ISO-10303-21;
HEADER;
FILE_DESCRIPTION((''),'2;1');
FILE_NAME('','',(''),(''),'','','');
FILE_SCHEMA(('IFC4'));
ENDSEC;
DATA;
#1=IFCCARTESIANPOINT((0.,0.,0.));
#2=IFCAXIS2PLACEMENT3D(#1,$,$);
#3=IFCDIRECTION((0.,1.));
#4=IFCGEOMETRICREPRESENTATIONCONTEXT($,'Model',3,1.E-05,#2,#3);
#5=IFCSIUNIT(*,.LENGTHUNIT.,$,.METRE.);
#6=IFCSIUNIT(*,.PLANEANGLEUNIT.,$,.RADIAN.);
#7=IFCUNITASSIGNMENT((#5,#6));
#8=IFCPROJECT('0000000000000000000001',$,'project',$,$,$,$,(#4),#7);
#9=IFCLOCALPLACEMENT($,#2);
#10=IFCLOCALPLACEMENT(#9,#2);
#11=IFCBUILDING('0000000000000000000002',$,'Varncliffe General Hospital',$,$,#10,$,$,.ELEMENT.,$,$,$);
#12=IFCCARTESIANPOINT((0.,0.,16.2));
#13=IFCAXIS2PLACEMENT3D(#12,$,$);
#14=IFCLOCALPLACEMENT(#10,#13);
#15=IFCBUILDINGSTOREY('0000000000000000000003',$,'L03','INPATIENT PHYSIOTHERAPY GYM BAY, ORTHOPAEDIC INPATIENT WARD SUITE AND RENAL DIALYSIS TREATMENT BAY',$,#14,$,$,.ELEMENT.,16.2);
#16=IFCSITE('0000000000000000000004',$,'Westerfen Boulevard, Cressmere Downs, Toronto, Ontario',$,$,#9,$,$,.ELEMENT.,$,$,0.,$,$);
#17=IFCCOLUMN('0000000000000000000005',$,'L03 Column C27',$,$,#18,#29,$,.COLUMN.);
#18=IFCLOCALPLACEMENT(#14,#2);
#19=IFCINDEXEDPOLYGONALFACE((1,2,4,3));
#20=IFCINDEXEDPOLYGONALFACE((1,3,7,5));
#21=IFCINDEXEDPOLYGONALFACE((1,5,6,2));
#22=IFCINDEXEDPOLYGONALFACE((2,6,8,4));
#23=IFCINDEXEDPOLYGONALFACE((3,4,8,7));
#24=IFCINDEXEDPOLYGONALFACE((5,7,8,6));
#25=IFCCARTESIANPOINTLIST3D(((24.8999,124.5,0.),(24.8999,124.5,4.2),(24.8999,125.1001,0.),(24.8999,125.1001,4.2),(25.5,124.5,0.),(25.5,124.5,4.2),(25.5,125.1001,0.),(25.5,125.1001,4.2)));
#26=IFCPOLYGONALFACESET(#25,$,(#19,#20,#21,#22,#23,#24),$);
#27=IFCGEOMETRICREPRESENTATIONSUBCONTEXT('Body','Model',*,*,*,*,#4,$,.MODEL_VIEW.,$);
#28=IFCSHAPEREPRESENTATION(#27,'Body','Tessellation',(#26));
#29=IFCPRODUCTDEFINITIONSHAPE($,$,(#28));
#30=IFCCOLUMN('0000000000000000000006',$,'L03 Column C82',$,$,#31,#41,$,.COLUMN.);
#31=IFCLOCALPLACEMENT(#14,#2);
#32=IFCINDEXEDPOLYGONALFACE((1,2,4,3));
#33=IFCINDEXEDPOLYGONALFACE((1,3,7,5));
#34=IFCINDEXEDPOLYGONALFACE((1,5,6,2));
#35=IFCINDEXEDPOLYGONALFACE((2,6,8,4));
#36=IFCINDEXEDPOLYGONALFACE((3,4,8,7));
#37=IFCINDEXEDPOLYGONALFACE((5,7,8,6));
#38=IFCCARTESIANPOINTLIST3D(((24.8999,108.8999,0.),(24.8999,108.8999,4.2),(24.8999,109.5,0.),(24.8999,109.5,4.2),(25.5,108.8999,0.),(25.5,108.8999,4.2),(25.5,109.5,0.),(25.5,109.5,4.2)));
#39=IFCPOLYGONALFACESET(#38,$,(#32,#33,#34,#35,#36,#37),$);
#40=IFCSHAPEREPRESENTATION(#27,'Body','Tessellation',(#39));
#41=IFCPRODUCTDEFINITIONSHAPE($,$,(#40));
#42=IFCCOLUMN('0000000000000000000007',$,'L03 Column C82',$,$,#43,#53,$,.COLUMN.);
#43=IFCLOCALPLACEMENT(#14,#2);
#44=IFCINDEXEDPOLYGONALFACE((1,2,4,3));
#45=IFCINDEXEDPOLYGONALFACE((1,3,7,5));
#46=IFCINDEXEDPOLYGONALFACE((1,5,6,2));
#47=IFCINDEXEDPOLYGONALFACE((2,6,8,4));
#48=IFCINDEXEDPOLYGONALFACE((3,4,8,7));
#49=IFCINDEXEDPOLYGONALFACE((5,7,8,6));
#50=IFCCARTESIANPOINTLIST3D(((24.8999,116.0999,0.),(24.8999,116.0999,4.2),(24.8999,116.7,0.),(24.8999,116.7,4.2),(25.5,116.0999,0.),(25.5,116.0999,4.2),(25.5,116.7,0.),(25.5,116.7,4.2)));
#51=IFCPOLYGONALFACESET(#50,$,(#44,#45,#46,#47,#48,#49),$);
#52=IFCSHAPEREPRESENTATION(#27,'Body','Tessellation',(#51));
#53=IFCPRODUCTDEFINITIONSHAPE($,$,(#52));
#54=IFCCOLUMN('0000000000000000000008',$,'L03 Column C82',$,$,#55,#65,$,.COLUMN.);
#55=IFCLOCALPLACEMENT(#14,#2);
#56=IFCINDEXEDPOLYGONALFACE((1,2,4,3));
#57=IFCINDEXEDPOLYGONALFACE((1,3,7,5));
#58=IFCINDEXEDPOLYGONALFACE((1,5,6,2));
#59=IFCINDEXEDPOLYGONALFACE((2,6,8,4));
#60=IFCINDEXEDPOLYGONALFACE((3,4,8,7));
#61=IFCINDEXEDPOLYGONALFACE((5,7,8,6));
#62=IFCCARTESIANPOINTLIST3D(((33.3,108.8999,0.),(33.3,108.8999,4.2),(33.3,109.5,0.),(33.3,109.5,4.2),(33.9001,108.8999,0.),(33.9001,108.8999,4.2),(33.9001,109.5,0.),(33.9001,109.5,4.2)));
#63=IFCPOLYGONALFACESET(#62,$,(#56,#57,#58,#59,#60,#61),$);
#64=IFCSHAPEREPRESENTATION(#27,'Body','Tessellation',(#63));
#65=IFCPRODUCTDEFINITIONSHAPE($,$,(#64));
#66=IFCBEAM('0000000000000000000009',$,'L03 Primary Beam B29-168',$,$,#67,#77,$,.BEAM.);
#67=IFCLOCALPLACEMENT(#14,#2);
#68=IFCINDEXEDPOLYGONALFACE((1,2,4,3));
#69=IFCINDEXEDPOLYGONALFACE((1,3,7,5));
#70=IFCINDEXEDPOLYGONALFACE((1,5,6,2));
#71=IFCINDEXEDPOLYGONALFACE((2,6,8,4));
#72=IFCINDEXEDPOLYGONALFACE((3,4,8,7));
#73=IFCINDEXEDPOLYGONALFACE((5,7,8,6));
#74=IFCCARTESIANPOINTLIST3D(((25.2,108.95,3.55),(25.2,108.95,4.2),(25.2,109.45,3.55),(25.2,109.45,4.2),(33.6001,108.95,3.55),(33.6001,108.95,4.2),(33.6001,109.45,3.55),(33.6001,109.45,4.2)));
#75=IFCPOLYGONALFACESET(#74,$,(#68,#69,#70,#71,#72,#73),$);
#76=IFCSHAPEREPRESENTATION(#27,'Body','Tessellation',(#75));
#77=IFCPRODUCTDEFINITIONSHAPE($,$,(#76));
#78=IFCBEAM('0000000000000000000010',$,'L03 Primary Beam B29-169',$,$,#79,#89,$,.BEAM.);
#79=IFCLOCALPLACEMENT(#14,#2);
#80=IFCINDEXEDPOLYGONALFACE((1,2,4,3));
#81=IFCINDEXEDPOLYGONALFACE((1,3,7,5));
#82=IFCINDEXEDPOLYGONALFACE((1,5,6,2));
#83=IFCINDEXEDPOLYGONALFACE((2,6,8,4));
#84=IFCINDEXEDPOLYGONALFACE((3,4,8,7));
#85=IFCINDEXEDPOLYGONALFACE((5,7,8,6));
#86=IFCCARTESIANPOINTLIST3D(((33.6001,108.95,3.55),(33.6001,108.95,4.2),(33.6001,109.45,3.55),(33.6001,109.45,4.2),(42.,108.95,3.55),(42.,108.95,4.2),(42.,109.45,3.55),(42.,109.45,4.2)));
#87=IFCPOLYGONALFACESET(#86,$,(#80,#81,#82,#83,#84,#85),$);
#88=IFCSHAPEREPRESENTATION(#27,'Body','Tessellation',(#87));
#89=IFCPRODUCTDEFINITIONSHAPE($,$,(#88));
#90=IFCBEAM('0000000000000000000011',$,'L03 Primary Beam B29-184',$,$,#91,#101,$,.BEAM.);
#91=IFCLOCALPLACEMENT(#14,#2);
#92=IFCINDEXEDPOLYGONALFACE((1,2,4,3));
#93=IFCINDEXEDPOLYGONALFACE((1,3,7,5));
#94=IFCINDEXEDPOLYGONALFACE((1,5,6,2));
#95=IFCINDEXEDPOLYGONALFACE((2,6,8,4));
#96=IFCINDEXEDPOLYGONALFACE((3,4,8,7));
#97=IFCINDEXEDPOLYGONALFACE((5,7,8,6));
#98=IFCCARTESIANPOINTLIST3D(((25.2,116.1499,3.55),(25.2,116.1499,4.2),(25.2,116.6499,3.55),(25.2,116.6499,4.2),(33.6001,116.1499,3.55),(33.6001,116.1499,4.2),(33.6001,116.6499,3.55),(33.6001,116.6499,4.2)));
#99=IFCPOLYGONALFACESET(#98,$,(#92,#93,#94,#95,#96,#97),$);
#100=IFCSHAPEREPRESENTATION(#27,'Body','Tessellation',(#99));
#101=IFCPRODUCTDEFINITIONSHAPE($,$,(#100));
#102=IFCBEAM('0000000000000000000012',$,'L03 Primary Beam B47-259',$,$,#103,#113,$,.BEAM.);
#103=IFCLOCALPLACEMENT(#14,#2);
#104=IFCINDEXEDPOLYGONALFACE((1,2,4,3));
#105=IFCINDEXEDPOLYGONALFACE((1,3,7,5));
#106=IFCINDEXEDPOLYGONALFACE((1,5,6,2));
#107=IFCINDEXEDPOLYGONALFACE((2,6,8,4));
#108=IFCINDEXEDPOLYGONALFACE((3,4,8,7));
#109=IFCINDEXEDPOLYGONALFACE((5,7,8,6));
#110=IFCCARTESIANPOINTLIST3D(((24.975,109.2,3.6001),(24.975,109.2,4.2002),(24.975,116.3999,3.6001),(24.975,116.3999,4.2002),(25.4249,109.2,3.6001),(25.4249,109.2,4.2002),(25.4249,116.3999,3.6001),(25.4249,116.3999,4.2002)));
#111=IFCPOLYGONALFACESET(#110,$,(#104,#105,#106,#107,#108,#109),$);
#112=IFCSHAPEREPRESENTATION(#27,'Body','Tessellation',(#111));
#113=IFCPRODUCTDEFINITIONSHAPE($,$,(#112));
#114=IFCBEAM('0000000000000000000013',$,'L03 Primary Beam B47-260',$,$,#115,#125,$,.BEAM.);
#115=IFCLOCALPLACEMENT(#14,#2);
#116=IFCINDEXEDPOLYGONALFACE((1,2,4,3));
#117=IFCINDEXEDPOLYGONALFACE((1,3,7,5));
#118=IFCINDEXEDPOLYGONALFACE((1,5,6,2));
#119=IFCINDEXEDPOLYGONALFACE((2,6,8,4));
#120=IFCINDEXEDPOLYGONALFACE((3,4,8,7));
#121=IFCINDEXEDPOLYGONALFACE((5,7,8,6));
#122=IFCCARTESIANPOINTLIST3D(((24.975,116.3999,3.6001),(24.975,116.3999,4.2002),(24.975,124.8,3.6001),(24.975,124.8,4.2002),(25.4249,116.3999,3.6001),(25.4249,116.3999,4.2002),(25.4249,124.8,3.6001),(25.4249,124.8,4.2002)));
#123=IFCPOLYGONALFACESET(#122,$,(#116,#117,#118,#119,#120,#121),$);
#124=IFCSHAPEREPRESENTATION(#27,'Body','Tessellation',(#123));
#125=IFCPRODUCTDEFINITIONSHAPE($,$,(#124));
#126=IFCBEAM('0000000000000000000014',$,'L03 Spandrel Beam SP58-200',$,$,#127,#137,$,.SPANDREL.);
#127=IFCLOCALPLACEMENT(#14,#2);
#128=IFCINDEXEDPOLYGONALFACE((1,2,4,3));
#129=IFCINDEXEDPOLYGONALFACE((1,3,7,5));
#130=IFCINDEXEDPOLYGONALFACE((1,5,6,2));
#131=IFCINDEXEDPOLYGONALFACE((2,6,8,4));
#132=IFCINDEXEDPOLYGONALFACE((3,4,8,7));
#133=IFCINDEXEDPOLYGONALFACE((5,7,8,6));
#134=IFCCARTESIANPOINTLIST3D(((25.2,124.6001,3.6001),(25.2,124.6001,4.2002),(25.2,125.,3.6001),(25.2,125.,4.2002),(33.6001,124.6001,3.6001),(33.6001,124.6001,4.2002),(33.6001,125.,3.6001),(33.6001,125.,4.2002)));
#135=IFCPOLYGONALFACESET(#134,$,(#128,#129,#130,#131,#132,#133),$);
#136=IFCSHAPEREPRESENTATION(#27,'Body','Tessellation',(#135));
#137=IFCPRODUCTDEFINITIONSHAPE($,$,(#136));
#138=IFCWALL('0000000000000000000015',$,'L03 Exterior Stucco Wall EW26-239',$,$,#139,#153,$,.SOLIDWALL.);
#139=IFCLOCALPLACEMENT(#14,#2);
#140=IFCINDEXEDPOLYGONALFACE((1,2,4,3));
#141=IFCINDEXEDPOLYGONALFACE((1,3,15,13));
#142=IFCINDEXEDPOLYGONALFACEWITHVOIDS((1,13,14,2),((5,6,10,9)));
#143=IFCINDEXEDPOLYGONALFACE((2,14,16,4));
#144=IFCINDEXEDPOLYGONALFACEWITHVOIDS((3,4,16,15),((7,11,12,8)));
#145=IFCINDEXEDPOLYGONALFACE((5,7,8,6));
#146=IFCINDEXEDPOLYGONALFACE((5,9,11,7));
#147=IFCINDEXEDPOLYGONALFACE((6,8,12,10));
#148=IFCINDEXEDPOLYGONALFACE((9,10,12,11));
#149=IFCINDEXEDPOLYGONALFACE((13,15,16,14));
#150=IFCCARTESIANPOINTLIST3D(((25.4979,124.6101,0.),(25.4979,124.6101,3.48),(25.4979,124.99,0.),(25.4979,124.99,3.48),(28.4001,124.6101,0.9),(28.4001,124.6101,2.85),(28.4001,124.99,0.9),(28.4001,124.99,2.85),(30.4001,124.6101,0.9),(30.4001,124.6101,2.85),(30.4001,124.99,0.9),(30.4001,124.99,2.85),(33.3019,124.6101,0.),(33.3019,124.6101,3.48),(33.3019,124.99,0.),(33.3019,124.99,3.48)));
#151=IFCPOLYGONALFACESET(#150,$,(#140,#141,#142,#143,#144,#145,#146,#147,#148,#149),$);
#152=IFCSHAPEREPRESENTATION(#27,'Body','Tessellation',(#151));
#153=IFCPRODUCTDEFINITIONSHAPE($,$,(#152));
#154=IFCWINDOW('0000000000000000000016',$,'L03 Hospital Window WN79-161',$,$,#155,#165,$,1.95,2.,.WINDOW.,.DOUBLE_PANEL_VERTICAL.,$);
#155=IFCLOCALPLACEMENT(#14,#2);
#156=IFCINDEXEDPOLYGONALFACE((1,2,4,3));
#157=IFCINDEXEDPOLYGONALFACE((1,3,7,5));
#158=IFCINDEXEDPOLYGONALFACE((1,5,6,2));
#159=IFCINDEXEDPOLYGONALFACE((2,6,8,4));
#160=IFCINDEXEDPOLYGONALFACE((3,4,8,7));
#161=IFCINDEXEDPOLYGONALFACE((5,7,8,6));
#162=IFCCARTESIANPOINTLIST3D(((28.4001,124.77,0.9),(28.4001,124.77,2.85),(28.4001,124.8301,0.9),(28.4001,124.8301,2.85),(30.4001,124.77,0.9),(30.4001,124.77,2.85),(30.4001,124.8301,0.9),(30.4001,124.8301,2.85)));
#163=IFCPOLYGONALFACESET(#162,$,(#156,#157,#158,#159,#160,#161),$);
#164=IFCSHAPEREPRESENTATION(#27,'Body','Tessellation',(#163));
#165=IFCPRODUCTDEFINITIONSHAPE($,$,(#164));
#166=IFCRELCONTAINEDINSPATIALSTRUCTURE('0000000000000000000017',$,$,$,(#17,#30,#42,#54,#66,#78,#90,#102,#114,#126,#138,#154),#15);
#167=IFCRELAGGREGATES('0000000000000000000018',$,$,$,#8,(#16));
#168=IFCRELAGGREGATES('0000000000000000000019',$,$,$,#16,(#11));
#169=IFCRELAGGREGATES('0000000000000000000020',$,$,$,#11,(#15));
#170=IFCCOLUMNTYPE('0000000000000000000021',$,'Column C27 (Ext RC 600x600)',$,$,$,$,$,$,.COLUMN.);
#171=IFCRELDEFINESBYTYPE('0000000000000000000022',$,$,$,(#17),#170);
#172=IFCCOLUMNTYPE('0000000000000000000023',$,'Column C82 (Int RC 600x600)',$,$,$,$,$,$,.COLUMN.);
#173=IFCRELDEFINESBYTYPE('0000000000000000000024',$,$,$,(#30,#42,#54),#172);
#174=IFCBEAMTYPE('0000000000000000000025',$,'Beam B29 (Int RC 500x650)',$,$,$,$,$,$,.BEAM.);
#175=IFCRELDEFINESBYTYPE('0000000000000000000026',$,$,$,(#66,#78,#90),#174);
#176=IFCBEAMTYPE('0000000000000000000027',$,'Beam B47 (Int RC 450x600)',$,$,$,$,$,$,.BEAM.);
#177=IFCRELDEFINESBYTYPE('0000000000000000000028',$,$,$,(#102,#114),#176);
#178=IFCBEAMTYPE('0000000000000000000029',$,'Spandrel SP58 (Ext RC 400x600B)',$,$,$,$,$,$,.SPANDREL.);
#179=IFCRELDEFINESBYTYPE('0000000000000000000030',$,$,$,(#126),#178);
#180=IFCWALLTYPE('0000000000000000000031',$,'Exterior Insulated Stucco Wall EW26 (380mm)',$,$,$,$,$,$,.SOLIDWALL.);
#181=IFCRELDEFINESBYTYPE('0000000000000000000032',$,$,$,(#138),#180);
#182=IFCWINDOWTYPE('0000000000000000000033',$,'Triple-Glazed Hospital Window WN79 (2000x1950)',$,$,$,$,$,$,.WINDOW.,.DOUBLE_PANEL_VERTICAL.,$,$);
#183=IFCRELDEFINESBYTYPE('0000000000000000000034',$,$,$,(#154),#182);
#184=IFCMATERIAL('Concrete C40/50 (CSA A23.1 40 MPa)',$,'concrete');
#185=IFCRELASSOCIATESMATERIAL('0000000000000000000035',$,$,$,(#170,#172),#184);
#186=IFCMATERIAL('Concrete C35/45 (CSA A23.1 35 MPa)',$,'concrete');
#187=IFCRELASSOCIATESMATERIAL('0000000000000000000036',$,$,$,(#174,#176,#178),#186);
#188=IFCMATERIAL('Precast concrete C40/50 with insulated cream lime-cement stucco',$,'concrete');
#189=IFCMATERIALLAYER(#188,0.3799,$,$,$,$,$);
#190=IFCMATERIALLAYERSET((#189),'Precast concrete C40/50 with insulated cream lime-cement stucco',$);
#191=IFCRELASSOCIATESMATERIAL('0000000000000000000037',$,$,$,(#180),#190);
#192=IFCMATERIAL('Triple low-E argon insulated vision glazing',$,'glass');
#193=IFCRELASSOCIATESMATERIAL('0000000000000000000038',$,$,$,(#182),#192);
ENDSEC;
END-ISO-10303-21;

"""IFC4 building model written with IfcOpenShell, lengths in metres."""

from ifc_helpers import new_model, si_unit, direction, frame, frame_2d, origin, origin_2d, place, context, subcontext, project, spatial, rectangle, extrude, material, layer, layer_set, material_profile, profile_set, type_object, element, fill, save


model = new_model("IFC4")

# Units and contexts
model_context = context("Model", 3, precision=1e-05, world=origin(), true_north=direction((0.0, 1.0)))
body_context = subcontext(model_context, "Body", "Model", "MODEL_VIEW")
ifc_project = project(units=[si_unit("LENGTHUNIT", "METRE"), si_unit("PLANEANGLEUNIT", "RADIAN")], contexts=[model_context])

# Site, building, storey
site_placement = place(None, origin())
site = spatial("IfcSite", under=ifc_project, at=site_placement, Name="Westerfen Boulevard, Cressmere Downs, Toronto, Ontario", CompositionType="ELEMENT", RefElevation=0.0)
building_placement = place(site_placement, origin())
building = spatial("IfcBuilding", under=site, at=building_placement, Name="Varncliffe General Hospital", CompositionType="ELEMENT")
storey_placement = place(building_placement, frame((0.0, 0.0, 16.2)))
storey = spatial("IfcBuildingStorey", under=building, at=storey_placement, Name="L03", Description="INPATIENT PHYSIOTHERAPY GYM BAY, ORTHOPAEDIC INPATIENT WARD SUITE AND RENAL DIALYSIS TREATMENT BAY", CompositionType="ELEMENT", Elevation=16.2)

# Columns
ifc_material_1 = material(Name="Concrete C40/50 (CSA A23.1 40 MPa)", Category="concrete")
ifc_material_profile_1 = material_profile(ifc_material_1, rectangle(XDim=0.6001, YDim=0.6001, at=origin_2d()), Name="RC 600x600")
ifc_profile_set_1 = profile_set([ifc_material_profile_1], Name="Concrete C40/50 (CSA A23.1 40 MPa)")
column_type_1 = type_object("IfcColumnType", Name="Column C27 (Ext RC 600x600)", PredefinedType="COLUMN", material=ifc_profile_set_1)
column_placement = place(storey_placement, frame((25.2, 124.8, 0.0), z_axis=(0.0, 0.0, 1.0), x_axis=(1.0, 0.0, 0.0)))
element("IfcColumn", 1, at=column_placement, inside=storey, type_object=column_type_1, Name="L03 Column C27", PredefinedType="COLUMN", context=body_context, shape_type="SweptSolid", body=[
    extrude(rectangle(XDim=0.6001, YDim=0.6001, at=origin_2d()), origin(), (0.0, 0.0, 1.0), 4.2),
])
ifc_material_profile_2 = material_profile(ifc_material_1, rectangle(XDim=0.6001, YDim=0.6001, at=origin_2d()), Name="RC 600x600")
ifc_profile_set_2 = profile_set([ifc_material_profile_2], Name="Concrete C40/50 (CSA A23.1 40 MPa)")
column_type_2 = type_object("IfcColumnType", Name="Column C82 (Int RC 600x600)", PredefinedType="COLUMN", material=ifc_profile_set_2)
for number, where, z_axis, x_axis, name in (
    (2, (25.2, 109.2, 0.0), (0.0, 0.0, 1.0), (1.0, 0.0, 0.0), "L03 Column C82"),
    (3, (25.2, 116.3999, 0.0), (0.0, 0.0, 1.0), (1.0, 0.0, 0.0), "L03 Column C82"),
    (4, (33.6001, 109.2, 0.0), (0.0, 0.0, 1.0), (1.0, 0.0, 0.0), "L03 Column C82"),
):
    element("IfcColumn", number, at=place(storey_placement, frame(where, z_axis=z_axis, x_axis=x_axis)), inside=storey, type_object=column_type_2, Name=name, PredefinedType="COLUMN", context=body_context, shape_type="SweptSolid", body=[
        extrude(rectangle(XDim=0.6001, YDim=0.6001, at=origin_2d()), origin(), (0.0, 0.0, 1.0), 4.2),
    ])

# Beams
ifc_material_2 = material(Name="Concrete C35/45 (CSA A23.1 35 MPa)", Category="concrete")
ifc_material_profile_3 = material_profile(ifc_material_2, rectangle(XDim=0.5, YDim=0.6499, at=origin_2d()), Name="RC 500x650")
ifc_profile_set_3 = profile_set([ifc_material_profile_3], Name="Concrete C35/45 (CSA A23.1 35 MPa)")
beam_type_1 = type_object("IfcBeamType", Name="Beam B29 (Int RC 500x650)", PredefinedType="BEAM", material=ifc_profile_set_3)
beam_1_placement = place(storey_placement, frame((25.2, 109.2, 3.875), z_axis=(1.0, 0.0, 0.0), x_axis=(0.0, 1.0, 0.0)))
element("IfcBeam", 5, at=beam_1_placement, inside=storey, type_object=beam_type_1, Name="L03 Primary Beam B29-168", PredefinedType="BEAM", context=body_context, shape_type="SweptSolid", body=[
    extrude(rectangle(XDim=0.5, YDim=0.6499, at=origin_2d()), origin(), (0.0, 0.0, 1.0), 8.4001),
])
beam_2_placement = place(storey_placement, frame((33.6001, 109.2, 3.875), z_axis=(1.0, 0.0, 0.0), x_axis=(0.0, 1.0, 0.0)))
element("IfcBeam", 6, at=beam_2_placement, inside=storey, type_object=beam_type_1, Name="L03 Primary Beam B29-169", PredefinedType="BEAM", context=body_context, shape_type="SweptSolid", body=[
    extrude(rectangle(XDim=0.5, YDim=0.6499, at=origin_2d()), origin(), (0.0, 0.0, 1.0), 8.3999),
])
beam_3_placement = place(storey_placement, frame((25.2, 116.3999, 3.875), z_axis=(1.0, 0.0, 0.0), x_axis=(0.0, 1.0, 0.0)))
element("IfcBeam", 7, at=beam_3_placement, inside=storey, type_object=beam_type_1, Name="L03 Primary Beam B29-184", PredefinedType="BEAM", context=body_context, shape_type="SweptSolid", body=[
    extrude(rectangle(XDim=0.5, YDim=0.6499, at=origin_2d()), origin(), (0.0, 0.0, 1.0), 8.4001),
])
ifc_material_profile_4 = material_profile(ifc_material_2, rectangle(XDim=0.45, YDim=0.6001, at=origin_2d()), Name="RC 450x600")
ifc_profile_set_4 = profile_set([ifc_material_profile_4], Name="Concrete C35/45 (CSA A23.1 35 MPa)")
beam_type_2 = type_object("IfcBeamType", Name="Beam B47 (Int RC 450x600)", PredefinedType="BEAM", material=ifc_profile_set_4)
beam_4_placement = place(storey_placement, frame((25.2, 109.2, 3.9001), z_axis=(0.0, 1.0, 0.0), x_axis=(-1.0, 0.0, 0.0)))
element("IfcBeam", 8, at=beam_4_placement, inside=storey, type_object=beam_type_2, Name="L03 Primary Beam B47-259", PredefinedType="BEAM", context=body_context, shape_type="SweptSolid", body=[
    extrude(rectangle(XDim=0.45, YDim=0.6001, at=origin_2d()), origin(), (0.0, 0.0, 1.0), 7.2),
])
beam_5_placement = place(storey_placement, frame((25.2, 116.3999, 3.9001), z_axis=(0.0, 1.0, 0.0), x_axis=(-1.0, 0.0, 0.0)))
element("IfcBeam", 9, at=beam_5_placement, inside=storey, type_object=beam_type_2, Name="L03 Primary Beam B47-260", PredefinedType="BEAM", context=body_context, shape_type="SweptSolid", body=[
    extrude(rectangle(XDim=0.45, YDim=0.6001, at=origin_2d()), origin(), (0.0, 0.0, 1.0), 8.4001),
])
ifc_material_profile_5 = material_profile(ifc_material_2, rectangle(XDim=0.3999, YDim=0.6001, at=origin_2d()), Name="RC 400x600")
ifc_profile_set_5 = profile_set([ifc_material_profile_5], Name="Concrete C35/45 (CSA A23.1 35 MPa)")
beam_type_3 = type_object("IfcBeamType", Name="Spandrel SP58 (Ext RC 400x600B)", PredefinedType="SPANDREL", material=ifc_profile_set_5)
beam_6_placement = place(storey_placement, frame((25.2, 124.8, 3.9001), z_axis=(1.0, 0.0, 0.0), x_axis=(0.0, 1.0, 0.0)))
element("IfcBeam", 10, at=beam_6_placement, inside=storey, type_object=beam_type_3, Name="L03 Spandrel Beam SP58-200", PredefinedType="SPANDREL", context=body_context, shape_type="SweptSolid", body=[
    extrude(rectangle(XDim=0.3999, YDim=0.6001, at=origin_2d()), origin(), (0.0, 0.0, 1.0), 8.4001),
])

# Wall, opening, window
ifc_material_3 = material(Name="Precast concrete C40/50 with insulated cream lime-cement stucco", Category="concrete")
ifc_layer_1 = layer(ifc_material_3, 0.3799)
ifc_layer_set_1 = layer_set([ifc_layer_1], Name="Precast concrete C40/50 with insulated cream lime-cement stucco")
wall_type_1 = type_object("IfcWallType", Name="Exterior Insulated Stucco Wall EW26 (380mm)", PredefinedType="SOLIDWALL", material=ifc_layer_set_1)
wall_1_placement = place(storey_placement, frame((25.498, 124.8, 0.0), z_axis=(0.0, 0.0, 1.0), x_axis=(1.0, 0.0, 0.0)))
wall_1 = element("IfcWall", 11, at=wall_1_placement, inside=storey, type_object=wall_type_1, Name="L03 Exterior Stucco Wall EW26-239", PredefinedType="SOLIDWALL", context=body_context, shape_type="SweptSolid", body=[
    extrude(rectangle(XDim=7.804, YDim=0.3799, at=frame_2d((3.9019, 0.0))), origin(), (0.0, 0.0, 1.0), 3.48),
])
opening_1_placement = place(wall_1_placement, frame((2.9021, 0.0, 0.8999)))
opening_1 = element("IfcOpeningElement", 12, at=opening_1_placement, cuts=wall_1, PredefinedType="OPENING", context=body_context, shape_type="SweptSolid", body=[
    extrude(rectangle(XDim=2.0, YDim=1.95, at=frame_2d((1.0, 0.9751))), frame((0.0, 0.2, 0.0), z_axis=(0.0, -1.0, 0.0), x_axis=(1.0, 0.0, 0.0)), (0.0, 0.0, 1.0), 0.3999),
])
ifc_material_4 = material(Name="Triple low-E argon insulated vision glazing", Category="glass")
window_type = type_object("IfcWindowType", Name="Triple-Glazed Hospital Window WN79 (2000x1950)", PartitioningType="DOUBLE_PANEL_VERTICAL", PredefinedType="WINDOW", material=ifc_material_4)
window_placement = place(opening_1_placement, origin())
window = element("IfcWindow", 13, at=window_placement, inside=storey, type_object=window_type, Name="L03 Hospital Window WN79-161", OverallHeight=1.95, OverallWidth=2.0, PartitioningType="DOUBLE_PANEL_VERTICAL", PredefinedType="WINDOW", context=body_context, shape_type="SweptSolid", body=[
    extrude(rectangle(XDim=2.0, YDim=1.95, at=frame_2d((1.0, 0.9751))), frame((0.0, 0.03, 0.0), z_axis=(0.0, -1.0, 0.0), x_axis=(1.0, 0.0, 0.0)), (0.0, 0.0, 1.0), 0.0601),
])
fill(opening_1, window)

save(model, "model.ifc")
